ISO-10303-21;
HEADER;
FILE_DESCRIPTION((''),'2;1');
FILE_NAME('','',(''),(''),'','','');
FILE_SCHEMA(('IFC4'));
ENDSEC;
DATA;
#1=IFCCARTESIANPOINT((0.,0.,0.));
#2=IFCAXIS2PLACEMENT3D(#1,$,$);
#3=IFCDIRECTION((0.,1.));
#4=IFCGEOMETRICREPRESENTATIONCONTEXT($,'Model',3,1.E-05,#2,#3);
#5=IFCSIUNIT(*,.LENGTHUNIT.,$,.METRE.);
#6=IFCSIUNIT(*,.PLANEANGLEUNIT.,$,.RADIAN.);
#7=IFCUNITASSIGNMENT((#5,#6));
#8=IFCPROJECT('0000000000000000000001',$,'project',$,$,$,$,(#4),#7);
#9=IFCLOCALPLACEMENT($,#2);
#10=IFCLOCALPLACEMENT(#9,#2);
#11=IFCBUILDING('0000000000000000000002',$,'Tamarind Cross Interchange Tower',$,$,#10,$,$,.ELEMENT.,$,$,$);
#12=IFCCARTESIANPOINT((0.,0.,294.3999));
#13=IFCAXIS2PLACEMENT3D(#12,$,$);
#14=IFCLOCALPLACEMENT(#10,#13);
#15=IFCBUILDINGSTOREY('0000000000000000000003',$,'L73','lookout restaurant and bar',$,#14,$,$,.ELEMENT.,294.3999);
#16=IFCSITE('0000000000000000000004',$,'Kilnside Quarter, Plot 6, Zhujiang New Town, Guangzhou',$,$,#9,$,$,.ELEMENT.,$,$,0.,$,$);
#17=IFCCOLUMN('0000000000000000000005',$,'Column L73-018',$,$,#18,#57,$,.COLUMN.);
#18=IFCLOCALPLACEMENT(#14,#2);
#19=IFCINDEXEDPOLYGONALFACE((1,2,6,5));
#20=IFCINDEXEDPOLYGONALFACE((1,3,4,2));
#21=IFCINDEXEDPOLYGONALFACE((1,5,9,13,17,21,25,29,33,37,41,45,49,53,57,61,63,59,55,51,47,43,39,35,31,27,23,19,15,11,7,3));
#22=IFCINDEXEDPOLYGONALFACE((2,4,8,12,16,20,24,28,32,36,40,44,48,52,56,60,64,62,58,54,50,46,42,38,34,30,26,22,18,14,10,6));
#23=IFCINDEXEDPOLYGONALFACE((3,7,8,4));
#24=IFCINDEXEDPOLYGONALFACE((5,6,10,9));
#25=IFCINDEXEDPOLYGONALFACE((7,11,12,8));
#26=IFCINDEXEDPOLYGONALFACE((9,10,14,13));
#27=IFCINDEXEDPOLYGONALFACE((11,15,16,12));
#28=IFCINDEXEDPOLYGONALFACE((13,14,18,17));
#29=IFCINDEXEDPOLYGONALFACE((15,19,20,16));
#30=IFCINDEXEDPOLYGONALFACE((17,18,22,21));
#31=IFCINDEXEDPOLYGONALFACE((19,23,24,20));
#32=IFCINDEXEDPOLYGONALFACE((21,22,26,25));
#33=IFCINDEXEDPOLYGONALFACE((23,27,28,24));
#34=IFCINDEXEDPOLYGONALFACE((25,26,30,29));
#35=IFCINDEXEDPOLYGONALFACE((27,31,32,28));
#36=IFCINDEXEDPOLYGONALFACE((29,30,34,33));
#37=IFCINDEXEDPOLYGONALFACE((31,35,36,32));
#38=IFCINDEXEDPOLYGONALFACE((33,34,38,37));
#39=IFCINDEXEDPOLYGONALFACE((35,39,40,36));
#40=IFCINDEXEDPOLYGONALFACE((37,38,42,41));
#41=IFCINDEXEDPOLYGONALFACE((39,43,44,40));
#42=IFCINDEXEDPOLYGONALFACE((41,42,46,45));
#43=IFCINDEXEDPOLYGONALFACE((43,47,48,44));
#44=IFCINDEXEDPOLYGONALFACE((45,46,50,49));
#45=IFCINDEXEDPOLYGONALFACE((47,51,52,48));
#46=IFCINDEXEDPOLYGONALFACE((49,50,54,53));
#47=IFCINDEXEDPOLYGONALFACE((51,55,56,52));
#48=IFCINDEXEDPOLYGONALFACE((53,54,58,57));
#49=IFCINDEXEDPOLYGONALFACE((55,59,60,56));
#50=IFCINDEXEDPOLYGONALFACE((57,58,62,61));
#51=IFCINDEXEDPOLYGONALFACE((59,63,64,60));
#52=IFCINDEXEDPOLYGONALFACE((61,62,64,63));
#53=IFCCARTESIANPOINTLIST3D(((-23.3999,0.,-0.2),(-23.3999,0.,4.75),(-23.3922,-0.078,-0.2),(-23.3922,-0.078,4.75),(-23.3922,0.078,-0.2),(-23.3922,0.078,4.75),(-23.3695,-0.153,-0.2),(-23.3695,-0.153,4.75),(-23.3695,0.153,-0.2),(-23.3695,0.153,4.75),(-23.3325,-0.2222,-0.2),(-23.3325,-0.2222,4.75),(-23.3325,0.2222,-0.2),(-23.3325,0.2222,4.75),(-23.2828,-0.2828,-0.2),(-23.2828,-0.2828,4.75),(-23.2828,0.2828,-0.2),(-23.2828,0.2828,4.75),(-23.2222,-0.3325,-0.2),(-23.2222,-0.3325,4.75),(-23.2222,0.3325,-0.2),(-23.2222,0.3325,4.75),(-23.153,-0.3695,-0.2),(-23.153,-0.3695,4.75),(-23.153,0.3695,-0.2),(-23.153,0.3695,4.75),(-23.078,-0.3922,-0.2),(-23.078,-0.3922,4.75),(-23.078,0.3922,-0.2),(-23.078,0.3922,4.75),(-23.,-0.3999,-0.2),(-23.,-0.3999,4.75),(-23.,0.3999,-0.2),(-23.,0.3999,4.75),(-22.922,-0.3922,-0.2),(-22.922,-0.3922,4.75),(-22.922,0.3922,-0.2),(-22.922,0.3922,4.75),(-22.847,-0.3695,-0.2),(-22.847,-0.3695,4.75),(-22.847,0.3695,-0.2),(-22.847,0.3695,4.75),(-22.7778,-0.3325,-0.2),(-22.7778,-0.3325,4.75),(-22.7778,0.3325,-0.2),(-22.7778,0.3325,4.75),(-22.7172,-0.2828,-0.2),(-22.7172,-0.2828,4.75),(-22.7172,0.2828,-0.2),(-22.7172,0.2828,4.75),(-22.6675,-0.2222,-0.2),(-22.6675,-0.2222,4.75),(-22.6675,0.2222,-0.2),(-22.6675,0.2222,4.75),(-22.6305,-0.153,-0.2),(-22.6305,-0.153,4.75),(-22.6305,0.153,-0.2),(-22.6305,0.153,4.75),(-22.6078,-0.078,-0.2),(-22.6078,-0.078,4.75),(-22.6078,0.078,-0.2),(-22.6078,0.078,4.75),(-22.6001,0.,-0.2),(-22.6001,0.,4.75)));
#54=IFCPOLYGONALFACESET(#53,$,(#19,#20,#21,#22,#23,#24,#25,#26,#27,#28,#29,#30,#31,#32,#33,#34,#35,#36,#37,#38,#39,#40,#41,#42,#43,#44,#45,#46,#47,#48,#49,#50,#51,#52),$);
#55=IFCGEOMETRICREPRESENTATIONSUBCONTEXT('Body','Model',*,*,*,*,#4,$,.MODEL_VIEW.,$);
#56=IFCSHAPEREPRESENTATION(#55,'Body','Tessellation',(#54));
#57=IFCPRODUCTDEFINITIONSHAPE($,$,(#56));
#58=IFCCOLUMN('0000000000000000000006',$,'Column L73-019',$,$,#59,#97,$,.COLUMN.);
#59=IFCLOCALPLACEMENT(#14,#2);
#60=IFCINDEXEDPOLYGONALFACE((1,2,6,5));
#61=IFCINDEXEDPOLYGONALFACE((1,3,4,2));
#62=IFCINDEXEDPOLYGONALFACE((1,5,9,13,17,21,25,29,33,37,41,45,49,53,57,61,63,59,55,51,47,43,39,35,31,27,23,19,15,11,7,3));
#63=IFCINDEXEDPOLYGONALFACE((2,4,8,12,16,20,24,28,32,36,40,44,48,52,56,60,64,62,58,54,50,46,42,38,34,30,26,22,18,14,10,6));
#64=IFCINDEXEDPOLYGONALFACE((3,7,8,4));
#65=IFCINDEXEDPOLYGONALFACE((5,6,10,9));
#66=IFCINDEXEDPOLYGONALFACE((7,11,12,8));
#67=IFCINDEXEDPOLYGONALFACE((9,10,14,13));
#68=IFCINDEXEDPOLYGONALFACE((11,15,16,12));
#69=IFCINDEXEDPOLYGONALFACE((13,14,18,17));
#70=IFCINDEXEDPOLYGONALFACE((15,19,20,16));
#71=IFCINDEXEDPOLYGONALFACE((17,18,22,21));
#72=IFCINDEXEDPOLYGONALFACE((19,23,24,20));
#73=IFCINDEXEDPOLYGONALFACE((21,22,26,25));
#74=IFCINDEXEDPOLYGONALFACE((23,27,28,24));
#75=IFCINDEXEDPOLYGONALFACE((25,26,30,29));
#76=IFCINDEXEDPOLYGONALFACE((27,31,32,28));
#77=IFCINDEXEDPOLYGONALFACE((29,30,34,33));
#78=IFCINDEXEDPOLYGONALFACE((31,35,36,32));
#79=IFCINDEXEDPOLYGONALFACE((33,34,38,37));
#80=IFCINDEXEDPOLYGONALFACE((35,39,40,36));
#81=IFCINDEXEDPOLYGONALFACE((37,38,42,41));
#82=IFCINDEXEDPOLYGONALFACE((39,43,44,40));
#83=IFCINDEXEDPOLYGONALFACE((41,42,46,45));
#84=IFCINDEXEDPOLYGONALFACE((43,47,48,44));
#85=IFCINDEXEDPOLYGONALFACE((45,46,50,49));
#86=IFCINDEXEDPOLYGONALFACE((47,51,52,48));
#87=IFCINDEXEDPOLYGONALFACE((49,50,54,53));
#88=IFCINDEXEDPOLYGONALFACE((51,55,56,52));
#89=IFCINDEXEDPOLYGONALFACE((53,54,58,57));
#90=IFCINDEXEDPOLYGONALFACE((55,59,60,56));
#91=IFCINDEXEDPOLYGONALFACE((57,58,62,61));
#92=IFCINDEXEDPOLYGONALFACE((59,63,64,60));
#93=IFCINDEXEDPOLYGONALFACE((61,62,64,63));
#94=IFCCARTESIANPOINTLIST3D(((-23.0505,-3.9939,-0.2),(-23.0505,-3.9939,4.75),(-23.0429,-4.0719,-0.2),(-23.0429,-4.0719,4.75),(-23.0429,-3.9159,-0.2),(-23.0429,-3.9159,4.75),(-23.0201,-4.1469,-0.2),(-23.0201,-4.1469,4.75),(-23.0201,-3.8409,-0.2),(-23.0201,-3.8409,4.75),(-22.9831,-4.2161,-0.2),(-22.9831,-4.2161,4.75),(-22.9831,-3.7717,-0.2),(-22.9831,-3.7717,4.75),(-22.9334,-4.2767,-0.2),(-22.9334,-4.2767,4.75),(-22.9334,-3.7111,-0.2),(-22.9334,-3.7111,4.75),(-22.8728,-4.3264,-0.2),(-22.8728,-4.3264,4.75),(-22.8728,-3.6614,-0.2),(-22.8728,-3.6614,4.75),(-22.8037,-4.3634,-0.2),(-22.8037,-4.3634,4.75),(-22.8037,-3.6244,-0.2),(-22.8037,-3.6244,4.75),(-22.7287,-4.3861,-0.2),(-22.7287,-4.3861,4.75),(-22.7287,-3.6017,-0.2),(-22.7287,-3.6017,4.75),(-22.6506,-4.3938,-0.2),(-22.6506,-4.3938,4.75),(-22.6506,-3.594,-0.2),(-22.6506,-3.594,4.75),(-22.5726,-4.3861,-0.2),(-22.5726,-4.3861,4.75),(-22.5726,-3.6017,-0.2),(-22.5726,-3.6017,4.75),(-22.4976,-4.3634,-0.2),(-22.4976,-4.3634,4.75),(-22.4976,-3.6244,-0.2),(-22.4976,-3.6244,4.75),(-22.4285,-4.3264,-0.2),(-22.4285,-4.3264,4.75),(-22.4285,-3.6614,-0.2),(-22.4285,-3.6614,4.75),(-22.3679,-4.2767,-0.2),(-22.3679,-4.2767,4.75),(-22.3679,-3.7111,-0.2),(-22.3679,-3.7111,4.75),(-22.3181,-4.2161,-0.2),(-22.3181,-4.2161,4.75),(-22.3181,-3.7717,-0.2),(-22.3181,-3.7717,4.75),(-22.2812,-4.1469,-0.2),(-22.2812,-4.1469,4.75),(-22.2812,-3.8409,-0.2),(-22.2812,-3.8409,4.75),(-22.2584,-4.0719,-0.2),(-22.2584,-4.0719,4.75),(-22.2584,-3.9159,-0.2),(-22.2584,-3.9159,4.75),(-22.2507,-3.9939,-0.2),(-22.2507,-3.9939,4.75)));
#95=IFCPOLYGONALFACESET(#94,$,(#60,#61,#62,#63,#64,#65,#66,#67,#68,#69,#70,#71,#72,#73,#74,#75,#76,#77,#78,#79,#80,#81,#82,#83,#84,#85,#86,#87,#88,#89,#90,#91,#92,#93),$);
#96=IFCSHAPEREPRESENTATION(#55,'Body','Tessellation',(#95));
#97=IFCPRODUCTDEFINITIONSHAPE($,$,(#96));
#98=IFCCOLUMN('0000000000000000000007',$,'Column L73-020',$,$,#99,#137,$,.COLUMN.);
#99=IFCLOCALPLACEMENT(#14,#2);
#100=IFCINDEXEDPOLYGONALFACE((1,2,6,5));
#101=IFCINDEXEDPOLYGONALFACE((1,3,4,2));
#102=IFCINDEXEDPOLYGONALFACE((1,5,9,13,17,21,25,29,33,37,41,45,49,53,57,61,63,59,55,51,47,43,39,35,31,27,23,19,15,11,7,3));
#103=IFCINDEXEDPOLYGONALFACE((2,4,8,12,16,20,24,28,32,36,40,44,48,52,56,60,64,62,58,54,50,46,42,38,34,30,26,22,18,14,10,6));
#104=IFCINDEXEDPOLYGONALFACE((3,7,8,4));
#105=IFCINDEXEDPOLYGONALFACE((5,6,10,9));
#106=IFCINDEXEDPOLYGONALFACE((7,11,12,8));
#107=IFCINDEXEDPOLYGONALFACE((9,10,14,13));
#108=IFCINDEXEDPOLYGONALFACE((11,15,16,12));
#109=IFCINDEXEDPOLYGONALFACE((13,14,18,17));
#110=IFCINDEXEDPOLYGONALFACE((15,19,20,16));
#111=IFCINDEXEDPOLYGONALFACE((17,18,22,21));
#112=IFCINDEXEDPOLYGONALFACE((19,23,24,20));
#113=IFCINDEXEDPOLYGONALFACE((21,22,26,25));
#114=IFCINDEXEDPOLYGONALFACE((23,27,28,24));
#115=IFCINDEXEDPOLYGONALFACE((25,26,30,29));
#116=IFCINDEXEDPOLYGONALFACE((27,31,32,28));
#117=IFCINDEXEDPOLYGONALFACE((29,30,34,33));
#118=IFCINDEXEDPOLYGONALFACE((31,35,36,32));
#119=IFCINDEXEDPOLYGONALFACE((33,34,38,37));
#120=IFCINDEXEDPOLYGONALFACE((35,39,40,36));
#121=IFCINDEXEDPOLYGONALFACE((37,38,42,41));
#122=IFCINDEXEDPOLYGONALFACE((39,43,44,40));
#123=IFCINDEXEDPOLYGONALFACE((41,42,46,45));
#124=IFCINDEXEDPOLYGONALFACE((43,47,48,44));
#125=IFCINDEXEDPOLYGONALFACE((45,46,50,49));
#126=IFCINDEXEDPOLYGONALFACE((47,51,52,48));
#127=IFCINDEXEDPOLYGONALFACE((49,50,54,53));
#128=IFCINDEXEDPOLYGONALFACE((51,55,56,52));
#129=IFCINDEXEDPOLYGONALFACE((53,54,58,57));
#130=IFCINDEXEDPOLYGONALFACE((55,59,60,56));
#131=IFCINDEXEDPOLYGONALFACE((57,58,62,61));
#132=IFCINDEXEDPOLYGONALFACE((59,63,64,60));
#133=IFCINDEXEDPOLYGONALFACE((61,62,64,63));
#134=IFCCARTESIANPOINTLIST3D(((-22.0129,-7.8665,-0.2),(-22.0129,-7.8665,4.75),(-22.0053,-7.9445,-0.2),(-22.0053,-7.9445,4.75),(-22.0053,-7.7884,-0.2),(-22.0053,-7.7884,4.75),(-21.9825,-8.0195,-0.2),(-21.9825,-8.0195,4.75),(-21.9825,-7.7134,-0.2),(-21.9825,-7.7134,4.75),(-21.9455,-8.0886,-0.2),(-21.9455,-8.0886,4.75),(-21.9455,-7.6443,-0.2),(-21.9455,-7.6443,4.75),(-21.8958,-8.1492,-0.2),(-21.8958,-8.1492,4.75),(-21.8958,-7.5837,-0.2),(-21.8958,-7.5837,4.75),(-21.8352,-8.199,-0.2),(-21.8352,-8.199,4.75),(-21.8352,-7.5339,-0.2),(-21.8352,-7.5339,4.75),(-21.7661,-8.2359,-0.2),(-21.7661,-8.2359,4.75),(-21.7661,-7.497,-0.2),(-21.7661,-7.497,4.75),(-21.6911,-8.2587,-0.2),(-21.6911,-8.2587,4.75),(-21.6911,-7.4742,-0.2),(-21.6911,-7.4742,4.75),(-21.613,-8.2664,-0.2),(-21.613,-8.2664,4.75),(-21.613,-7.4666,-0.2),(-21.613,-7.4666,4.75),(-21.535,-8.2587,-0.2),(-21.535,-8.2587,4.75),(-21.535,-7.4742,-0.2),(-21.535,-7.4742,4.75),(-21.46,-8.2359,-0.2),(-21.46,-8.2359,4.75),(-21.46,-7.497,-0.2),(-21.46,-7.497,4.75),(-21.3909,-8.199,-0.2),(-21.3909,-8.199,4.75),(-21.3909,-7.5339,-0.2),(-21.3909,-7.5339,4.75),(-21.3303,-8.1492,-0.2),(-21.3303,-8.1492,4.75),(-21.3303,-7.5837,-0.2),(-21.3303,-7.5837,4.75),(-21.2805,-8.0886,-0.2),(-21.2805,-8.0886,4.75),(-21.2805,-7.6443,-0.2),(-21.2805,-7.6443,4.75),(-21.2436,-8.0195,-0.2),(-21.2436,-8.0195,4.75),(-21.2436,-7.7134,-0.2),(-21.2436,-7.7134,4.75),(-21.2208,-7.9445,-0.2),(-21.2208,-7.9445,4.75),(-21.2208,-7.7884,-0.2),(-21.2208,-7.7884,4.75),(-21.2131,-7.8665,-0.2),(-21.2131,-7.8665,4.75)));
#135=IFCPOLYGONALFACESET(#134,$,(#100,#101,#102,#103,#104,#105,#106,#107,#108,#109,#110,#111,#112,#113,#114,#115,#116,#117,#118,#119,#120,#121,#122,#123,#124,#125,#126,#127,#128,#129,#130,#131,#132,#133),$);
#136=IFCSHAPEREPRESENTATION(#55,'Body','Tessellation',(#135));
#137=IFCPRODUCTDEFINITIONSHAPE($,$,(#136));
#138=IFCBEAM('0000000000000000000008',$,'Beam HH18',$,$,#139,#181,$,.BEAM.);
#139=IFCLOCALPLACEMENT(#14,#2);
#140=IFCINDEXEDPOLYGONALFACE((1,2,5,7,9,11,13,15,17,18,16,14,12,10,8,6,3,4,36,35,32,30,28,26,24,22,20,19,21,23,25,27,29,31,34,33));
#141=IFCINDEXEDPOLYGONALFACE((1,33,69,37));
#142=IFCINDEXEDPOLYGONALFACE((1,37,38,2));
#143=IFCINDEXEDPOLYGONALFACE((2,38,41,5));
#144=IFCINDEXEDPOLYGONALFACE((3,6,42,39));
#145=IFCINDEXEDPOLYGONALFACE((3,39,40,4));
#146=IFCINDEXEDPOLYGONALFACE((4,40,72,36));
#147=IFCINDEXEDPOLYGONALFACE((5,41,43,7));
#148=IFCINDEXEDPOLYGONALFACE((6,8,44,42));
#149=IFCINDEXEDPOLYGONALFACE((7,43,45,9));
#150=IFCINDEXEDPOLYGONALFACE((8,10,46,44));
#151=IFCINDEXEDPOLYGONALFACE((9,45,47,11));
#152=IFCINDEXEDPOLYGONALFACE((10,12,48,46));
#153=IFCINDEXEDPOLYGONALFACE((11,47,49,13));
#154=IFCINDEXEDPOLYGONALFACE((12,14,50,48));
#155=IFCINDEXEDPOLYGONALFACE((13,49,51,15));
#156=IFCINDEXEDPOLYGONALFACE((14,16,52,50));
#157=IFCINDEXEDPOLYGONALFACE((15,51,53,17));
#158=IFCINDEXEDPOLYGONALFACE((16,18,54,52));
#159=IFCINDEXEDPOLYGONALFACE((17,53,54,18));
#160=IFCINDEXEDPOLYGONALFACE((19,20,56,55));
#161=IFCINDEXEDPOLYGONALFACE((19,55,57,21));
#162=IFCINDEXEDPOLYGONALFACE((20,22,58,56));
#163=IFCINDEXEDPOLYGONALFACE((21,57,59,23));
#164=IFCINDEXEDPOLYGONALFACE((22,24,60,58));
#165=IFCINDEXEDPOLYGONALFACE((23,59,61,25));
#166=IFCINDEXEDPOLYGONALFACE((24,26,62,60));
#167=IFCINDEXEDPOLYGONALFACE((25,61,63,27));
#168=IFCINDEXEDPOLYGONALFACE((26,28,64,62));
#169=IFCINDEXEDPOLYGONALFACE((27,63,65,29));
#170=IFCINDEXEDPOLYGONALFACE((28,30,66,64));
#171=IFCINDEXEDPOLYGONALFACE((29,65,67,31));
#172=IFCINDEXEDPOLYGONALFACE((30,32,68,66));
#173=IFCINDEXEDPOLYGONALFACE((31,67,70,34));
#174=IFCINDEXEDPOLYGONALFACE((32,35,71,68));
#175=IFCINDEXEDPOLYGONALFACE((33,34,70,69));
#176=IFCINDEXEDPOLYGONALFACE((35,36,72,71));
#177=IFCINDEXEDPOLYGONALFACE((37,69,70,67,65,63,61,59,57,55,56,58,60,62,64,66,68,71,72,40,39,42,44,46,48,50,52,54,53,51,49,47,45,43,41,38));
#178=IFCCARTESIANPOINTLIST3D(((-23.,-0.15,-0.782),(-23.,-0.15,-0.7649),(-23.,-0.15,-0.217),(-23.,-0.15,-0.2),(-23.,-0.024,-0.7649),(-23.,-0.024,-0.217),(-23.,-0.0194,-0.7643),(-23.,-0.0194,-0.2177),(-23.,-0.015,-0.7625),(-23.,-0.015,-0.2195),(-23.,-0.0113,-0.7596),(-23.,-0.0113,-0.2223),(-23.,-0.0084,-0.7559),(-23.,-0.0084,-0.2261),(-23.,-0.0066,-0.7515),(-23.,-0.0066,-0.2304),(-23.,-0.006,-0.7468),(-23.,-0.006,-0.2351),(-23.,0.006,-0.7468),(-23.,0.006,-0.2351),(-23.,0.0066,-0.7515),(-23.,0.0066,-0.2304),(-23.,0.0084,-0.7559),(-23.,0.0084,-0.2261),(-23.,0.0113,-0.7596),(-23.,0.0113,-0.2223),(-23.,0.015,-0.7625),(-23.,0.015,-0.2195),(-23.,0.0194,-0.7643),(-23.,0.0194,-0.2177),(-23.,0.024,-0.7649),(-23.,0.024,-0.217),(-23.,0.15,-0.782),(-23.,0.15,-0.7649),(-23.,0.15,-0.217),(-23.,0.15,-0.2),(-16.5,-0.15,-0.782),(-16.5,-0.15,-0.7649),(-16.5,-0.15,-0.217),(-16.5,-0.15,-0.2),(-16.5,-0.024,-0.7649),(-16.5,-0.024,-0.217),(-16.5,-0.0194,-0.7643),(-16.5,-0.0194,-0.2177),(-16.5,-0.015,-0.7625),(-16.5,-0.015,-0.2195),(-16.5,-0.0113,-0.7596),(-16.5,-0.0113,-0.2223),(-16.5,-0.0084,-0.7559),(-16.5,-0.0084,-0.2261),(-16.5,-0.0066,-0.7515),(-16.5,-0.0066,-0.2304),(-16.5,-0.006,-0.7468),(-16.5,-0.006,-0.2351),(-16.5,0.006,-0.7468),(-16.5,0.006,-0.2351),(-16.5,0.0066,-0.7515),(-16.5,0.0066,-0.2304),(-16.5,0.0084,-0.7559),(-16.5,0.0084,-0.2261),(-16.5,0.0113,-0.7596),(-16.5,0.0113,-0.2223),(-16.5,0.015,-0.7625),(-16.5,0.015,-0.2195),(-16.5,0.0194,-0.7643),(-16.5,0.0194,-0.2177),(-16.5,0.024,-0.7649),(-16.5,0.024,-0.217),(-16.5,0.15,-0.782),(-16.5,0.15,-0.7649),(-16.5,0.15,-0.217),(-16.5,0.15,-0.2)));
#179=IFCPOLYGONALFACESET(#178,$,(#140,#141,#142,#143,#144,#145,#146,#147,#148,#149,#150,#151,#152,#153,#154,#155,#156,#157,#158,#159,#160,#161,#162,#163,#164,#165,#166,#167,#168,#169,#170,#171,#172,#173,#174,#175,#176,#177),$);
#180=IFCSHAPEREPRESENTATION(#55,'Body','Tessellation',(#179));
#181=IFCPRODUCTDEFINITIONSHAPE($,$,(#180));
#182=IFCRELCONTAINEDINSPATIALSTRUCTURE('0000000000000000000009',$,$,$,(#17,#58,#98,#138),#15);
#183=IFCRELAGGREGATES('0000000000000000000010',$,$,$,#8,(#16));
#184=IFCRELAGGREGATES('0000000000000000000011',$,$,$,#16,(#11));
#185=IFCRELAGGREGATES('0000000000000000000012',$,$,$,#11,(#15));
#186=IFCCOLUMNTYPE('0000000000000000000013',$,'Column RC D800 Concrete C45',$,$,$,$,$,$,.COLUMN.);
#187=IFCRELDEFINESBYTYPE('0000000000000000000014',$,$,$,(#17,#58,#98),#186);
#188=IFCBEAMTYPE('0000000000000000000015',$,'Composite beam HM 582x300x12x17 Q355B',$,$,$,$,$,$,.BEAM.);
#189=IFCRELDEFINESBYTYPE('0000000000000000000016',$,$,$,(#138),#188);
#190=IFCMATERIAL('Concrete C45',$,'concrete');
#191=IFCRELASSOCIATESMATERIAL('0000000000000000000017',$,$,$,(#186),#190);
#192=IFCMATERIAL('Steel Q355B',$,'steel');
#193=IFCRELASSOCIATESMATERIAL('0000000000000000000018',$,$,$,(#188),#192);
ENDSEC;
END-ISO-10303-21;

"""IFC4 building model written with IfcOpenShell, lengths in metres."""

from ifc_helpers import new_model, si_unit, direction, frame, origin, origin_2d, place, context, subcontext, project, spatial, circle, i_section, extrude, material, material_profile, profile_set, type_object, element, save


model = new_model("IFC4")

# Units and contexts
model_context = context("Model", 3, precision=1e-05, world=origin(), true_north=direction((0.0, 1.0)))
body_context = subcontext(model_context, "Body", "Model", "MODEL_VIEW")
ifc_project = project(units=[si_unit("LENGTHUNIT", "METRE"), si_unit("PLANEANGLEUNIT", "RADIAN")], contexts=[model_context])

# Site, building, storey
site_placement = place(None, origin())
site = spatial("IfcSite", under=ifc_project, at=site_placement, Name="Kilnside Quarter, Plot 6, Zhujiang New Town, Guangzhou", CompositionType="ELEMENT", RefElevation=0.0)
building_placement = place(site_placement, origin())
building = spatial("IfcBuilding", under=site, at=building_placement, Name="Tamarind Cross Interchange Tower", CompositionType="ELEMENT")
storey_placement = place(building_placement, frame((0.0, 0.0, 294.3999)))
storey = spatial("IfcBuildingStorey", under=building, at=storey_placement, Name="L73", Description="lookout restaurant and bar", CompositionType="ELEMENT", Elevation=294.3999)

# Columns
ifc_material_1 = material(Name="Concrete C45", Category="concrete")
ifc_material_profile_1 = material_profile(ifc_material_1, circle(Radius=0.3999, at=origin_2d()), Name="RC D800")
ifc_profile_set_1 = profile_set([ifc_material_profile_1], Name="Concrete C45")
column_type = type_object("IfcColumnType", Name="Column RC D800 Concrete C45", PredefinedType="COLUMN", material=ifc_profile_set_1)
for number, where, z_axis, x_axis, name in (
    (1, (-23.0, 0.0, -0.2), (0.0, 0.0, 1.0), (1.0, 0.0, 0.0), "Column L73-018"),
    (2, (-22.6506, -3.9939, -0.2), (0.0, 0.0, 1.0), (1.0, 0.0, 0.0), "Column L73-019"),
    (3, (-21.613, -7.8665, -0.2), (0.0, 0.0, 1.0), (1.0, 0.0, 0.0), "Column L73-020"),
):
    element("IfcColumn", number, at=place(storey_placement, frame(where, z_axis=z_axis, x_axis=x_axis)), inside=storey, type_object=column_type, Name=name, PredefinedType="COLUMN", context=body_context, shape_type="SweptSolid", body=[
        extrude(circle(Radius=0.3999, at=origin_2d()), origin(), (0.0, 0.0, 1.0), 4.95),
    ])

# Beam
ifc_material_2 = material(Name="Steel Q355B", Category="steel")
ifc_material_profile_2 = material_profile(ifc_material_2, i_section(OverallWidth=0.3, OverallDepth=0.582, WebThickness=0.012, FlangeThickness=0.0171, FilletRadius=0.0181, at=origin_2d()), Name="HM 582x300x12x17")
ifc_profile_set_2 = profile_set([ifc_material_profile_2], Name="Steel Q355B")
beam_type_1 = type_object("IfcBeamType", Name="Composite beam HM 582x300x12x17 Q355B", PredefinedType="BEAM", material=ifc_profile_set_2)
beam_1_placement = place(storey_placement, frame((-23.0, 0.0, -0.491), z_axis=(1.0, 0.0, 0.0), x_axis=(0.0, 1.0, 0.0)))
element("IfcBeam", 4, at=beam_1_placement, inside=storey, type_object=beam_type_1, Name="Beam HH18", PredefinedType="BEAM", context=body_context, shape_type="SweptSolid", body=[
    extrude(i_section(OverallWidth=0.3, OverallDepth=0.582, WebThickness=0.012, FlangeThickness=0.0171, FilletRadius=0.0181, at=origin_2d()), origin(), (0.0, 0.0, 1.0), 6.5),
])

save(model, "model.ifc")
